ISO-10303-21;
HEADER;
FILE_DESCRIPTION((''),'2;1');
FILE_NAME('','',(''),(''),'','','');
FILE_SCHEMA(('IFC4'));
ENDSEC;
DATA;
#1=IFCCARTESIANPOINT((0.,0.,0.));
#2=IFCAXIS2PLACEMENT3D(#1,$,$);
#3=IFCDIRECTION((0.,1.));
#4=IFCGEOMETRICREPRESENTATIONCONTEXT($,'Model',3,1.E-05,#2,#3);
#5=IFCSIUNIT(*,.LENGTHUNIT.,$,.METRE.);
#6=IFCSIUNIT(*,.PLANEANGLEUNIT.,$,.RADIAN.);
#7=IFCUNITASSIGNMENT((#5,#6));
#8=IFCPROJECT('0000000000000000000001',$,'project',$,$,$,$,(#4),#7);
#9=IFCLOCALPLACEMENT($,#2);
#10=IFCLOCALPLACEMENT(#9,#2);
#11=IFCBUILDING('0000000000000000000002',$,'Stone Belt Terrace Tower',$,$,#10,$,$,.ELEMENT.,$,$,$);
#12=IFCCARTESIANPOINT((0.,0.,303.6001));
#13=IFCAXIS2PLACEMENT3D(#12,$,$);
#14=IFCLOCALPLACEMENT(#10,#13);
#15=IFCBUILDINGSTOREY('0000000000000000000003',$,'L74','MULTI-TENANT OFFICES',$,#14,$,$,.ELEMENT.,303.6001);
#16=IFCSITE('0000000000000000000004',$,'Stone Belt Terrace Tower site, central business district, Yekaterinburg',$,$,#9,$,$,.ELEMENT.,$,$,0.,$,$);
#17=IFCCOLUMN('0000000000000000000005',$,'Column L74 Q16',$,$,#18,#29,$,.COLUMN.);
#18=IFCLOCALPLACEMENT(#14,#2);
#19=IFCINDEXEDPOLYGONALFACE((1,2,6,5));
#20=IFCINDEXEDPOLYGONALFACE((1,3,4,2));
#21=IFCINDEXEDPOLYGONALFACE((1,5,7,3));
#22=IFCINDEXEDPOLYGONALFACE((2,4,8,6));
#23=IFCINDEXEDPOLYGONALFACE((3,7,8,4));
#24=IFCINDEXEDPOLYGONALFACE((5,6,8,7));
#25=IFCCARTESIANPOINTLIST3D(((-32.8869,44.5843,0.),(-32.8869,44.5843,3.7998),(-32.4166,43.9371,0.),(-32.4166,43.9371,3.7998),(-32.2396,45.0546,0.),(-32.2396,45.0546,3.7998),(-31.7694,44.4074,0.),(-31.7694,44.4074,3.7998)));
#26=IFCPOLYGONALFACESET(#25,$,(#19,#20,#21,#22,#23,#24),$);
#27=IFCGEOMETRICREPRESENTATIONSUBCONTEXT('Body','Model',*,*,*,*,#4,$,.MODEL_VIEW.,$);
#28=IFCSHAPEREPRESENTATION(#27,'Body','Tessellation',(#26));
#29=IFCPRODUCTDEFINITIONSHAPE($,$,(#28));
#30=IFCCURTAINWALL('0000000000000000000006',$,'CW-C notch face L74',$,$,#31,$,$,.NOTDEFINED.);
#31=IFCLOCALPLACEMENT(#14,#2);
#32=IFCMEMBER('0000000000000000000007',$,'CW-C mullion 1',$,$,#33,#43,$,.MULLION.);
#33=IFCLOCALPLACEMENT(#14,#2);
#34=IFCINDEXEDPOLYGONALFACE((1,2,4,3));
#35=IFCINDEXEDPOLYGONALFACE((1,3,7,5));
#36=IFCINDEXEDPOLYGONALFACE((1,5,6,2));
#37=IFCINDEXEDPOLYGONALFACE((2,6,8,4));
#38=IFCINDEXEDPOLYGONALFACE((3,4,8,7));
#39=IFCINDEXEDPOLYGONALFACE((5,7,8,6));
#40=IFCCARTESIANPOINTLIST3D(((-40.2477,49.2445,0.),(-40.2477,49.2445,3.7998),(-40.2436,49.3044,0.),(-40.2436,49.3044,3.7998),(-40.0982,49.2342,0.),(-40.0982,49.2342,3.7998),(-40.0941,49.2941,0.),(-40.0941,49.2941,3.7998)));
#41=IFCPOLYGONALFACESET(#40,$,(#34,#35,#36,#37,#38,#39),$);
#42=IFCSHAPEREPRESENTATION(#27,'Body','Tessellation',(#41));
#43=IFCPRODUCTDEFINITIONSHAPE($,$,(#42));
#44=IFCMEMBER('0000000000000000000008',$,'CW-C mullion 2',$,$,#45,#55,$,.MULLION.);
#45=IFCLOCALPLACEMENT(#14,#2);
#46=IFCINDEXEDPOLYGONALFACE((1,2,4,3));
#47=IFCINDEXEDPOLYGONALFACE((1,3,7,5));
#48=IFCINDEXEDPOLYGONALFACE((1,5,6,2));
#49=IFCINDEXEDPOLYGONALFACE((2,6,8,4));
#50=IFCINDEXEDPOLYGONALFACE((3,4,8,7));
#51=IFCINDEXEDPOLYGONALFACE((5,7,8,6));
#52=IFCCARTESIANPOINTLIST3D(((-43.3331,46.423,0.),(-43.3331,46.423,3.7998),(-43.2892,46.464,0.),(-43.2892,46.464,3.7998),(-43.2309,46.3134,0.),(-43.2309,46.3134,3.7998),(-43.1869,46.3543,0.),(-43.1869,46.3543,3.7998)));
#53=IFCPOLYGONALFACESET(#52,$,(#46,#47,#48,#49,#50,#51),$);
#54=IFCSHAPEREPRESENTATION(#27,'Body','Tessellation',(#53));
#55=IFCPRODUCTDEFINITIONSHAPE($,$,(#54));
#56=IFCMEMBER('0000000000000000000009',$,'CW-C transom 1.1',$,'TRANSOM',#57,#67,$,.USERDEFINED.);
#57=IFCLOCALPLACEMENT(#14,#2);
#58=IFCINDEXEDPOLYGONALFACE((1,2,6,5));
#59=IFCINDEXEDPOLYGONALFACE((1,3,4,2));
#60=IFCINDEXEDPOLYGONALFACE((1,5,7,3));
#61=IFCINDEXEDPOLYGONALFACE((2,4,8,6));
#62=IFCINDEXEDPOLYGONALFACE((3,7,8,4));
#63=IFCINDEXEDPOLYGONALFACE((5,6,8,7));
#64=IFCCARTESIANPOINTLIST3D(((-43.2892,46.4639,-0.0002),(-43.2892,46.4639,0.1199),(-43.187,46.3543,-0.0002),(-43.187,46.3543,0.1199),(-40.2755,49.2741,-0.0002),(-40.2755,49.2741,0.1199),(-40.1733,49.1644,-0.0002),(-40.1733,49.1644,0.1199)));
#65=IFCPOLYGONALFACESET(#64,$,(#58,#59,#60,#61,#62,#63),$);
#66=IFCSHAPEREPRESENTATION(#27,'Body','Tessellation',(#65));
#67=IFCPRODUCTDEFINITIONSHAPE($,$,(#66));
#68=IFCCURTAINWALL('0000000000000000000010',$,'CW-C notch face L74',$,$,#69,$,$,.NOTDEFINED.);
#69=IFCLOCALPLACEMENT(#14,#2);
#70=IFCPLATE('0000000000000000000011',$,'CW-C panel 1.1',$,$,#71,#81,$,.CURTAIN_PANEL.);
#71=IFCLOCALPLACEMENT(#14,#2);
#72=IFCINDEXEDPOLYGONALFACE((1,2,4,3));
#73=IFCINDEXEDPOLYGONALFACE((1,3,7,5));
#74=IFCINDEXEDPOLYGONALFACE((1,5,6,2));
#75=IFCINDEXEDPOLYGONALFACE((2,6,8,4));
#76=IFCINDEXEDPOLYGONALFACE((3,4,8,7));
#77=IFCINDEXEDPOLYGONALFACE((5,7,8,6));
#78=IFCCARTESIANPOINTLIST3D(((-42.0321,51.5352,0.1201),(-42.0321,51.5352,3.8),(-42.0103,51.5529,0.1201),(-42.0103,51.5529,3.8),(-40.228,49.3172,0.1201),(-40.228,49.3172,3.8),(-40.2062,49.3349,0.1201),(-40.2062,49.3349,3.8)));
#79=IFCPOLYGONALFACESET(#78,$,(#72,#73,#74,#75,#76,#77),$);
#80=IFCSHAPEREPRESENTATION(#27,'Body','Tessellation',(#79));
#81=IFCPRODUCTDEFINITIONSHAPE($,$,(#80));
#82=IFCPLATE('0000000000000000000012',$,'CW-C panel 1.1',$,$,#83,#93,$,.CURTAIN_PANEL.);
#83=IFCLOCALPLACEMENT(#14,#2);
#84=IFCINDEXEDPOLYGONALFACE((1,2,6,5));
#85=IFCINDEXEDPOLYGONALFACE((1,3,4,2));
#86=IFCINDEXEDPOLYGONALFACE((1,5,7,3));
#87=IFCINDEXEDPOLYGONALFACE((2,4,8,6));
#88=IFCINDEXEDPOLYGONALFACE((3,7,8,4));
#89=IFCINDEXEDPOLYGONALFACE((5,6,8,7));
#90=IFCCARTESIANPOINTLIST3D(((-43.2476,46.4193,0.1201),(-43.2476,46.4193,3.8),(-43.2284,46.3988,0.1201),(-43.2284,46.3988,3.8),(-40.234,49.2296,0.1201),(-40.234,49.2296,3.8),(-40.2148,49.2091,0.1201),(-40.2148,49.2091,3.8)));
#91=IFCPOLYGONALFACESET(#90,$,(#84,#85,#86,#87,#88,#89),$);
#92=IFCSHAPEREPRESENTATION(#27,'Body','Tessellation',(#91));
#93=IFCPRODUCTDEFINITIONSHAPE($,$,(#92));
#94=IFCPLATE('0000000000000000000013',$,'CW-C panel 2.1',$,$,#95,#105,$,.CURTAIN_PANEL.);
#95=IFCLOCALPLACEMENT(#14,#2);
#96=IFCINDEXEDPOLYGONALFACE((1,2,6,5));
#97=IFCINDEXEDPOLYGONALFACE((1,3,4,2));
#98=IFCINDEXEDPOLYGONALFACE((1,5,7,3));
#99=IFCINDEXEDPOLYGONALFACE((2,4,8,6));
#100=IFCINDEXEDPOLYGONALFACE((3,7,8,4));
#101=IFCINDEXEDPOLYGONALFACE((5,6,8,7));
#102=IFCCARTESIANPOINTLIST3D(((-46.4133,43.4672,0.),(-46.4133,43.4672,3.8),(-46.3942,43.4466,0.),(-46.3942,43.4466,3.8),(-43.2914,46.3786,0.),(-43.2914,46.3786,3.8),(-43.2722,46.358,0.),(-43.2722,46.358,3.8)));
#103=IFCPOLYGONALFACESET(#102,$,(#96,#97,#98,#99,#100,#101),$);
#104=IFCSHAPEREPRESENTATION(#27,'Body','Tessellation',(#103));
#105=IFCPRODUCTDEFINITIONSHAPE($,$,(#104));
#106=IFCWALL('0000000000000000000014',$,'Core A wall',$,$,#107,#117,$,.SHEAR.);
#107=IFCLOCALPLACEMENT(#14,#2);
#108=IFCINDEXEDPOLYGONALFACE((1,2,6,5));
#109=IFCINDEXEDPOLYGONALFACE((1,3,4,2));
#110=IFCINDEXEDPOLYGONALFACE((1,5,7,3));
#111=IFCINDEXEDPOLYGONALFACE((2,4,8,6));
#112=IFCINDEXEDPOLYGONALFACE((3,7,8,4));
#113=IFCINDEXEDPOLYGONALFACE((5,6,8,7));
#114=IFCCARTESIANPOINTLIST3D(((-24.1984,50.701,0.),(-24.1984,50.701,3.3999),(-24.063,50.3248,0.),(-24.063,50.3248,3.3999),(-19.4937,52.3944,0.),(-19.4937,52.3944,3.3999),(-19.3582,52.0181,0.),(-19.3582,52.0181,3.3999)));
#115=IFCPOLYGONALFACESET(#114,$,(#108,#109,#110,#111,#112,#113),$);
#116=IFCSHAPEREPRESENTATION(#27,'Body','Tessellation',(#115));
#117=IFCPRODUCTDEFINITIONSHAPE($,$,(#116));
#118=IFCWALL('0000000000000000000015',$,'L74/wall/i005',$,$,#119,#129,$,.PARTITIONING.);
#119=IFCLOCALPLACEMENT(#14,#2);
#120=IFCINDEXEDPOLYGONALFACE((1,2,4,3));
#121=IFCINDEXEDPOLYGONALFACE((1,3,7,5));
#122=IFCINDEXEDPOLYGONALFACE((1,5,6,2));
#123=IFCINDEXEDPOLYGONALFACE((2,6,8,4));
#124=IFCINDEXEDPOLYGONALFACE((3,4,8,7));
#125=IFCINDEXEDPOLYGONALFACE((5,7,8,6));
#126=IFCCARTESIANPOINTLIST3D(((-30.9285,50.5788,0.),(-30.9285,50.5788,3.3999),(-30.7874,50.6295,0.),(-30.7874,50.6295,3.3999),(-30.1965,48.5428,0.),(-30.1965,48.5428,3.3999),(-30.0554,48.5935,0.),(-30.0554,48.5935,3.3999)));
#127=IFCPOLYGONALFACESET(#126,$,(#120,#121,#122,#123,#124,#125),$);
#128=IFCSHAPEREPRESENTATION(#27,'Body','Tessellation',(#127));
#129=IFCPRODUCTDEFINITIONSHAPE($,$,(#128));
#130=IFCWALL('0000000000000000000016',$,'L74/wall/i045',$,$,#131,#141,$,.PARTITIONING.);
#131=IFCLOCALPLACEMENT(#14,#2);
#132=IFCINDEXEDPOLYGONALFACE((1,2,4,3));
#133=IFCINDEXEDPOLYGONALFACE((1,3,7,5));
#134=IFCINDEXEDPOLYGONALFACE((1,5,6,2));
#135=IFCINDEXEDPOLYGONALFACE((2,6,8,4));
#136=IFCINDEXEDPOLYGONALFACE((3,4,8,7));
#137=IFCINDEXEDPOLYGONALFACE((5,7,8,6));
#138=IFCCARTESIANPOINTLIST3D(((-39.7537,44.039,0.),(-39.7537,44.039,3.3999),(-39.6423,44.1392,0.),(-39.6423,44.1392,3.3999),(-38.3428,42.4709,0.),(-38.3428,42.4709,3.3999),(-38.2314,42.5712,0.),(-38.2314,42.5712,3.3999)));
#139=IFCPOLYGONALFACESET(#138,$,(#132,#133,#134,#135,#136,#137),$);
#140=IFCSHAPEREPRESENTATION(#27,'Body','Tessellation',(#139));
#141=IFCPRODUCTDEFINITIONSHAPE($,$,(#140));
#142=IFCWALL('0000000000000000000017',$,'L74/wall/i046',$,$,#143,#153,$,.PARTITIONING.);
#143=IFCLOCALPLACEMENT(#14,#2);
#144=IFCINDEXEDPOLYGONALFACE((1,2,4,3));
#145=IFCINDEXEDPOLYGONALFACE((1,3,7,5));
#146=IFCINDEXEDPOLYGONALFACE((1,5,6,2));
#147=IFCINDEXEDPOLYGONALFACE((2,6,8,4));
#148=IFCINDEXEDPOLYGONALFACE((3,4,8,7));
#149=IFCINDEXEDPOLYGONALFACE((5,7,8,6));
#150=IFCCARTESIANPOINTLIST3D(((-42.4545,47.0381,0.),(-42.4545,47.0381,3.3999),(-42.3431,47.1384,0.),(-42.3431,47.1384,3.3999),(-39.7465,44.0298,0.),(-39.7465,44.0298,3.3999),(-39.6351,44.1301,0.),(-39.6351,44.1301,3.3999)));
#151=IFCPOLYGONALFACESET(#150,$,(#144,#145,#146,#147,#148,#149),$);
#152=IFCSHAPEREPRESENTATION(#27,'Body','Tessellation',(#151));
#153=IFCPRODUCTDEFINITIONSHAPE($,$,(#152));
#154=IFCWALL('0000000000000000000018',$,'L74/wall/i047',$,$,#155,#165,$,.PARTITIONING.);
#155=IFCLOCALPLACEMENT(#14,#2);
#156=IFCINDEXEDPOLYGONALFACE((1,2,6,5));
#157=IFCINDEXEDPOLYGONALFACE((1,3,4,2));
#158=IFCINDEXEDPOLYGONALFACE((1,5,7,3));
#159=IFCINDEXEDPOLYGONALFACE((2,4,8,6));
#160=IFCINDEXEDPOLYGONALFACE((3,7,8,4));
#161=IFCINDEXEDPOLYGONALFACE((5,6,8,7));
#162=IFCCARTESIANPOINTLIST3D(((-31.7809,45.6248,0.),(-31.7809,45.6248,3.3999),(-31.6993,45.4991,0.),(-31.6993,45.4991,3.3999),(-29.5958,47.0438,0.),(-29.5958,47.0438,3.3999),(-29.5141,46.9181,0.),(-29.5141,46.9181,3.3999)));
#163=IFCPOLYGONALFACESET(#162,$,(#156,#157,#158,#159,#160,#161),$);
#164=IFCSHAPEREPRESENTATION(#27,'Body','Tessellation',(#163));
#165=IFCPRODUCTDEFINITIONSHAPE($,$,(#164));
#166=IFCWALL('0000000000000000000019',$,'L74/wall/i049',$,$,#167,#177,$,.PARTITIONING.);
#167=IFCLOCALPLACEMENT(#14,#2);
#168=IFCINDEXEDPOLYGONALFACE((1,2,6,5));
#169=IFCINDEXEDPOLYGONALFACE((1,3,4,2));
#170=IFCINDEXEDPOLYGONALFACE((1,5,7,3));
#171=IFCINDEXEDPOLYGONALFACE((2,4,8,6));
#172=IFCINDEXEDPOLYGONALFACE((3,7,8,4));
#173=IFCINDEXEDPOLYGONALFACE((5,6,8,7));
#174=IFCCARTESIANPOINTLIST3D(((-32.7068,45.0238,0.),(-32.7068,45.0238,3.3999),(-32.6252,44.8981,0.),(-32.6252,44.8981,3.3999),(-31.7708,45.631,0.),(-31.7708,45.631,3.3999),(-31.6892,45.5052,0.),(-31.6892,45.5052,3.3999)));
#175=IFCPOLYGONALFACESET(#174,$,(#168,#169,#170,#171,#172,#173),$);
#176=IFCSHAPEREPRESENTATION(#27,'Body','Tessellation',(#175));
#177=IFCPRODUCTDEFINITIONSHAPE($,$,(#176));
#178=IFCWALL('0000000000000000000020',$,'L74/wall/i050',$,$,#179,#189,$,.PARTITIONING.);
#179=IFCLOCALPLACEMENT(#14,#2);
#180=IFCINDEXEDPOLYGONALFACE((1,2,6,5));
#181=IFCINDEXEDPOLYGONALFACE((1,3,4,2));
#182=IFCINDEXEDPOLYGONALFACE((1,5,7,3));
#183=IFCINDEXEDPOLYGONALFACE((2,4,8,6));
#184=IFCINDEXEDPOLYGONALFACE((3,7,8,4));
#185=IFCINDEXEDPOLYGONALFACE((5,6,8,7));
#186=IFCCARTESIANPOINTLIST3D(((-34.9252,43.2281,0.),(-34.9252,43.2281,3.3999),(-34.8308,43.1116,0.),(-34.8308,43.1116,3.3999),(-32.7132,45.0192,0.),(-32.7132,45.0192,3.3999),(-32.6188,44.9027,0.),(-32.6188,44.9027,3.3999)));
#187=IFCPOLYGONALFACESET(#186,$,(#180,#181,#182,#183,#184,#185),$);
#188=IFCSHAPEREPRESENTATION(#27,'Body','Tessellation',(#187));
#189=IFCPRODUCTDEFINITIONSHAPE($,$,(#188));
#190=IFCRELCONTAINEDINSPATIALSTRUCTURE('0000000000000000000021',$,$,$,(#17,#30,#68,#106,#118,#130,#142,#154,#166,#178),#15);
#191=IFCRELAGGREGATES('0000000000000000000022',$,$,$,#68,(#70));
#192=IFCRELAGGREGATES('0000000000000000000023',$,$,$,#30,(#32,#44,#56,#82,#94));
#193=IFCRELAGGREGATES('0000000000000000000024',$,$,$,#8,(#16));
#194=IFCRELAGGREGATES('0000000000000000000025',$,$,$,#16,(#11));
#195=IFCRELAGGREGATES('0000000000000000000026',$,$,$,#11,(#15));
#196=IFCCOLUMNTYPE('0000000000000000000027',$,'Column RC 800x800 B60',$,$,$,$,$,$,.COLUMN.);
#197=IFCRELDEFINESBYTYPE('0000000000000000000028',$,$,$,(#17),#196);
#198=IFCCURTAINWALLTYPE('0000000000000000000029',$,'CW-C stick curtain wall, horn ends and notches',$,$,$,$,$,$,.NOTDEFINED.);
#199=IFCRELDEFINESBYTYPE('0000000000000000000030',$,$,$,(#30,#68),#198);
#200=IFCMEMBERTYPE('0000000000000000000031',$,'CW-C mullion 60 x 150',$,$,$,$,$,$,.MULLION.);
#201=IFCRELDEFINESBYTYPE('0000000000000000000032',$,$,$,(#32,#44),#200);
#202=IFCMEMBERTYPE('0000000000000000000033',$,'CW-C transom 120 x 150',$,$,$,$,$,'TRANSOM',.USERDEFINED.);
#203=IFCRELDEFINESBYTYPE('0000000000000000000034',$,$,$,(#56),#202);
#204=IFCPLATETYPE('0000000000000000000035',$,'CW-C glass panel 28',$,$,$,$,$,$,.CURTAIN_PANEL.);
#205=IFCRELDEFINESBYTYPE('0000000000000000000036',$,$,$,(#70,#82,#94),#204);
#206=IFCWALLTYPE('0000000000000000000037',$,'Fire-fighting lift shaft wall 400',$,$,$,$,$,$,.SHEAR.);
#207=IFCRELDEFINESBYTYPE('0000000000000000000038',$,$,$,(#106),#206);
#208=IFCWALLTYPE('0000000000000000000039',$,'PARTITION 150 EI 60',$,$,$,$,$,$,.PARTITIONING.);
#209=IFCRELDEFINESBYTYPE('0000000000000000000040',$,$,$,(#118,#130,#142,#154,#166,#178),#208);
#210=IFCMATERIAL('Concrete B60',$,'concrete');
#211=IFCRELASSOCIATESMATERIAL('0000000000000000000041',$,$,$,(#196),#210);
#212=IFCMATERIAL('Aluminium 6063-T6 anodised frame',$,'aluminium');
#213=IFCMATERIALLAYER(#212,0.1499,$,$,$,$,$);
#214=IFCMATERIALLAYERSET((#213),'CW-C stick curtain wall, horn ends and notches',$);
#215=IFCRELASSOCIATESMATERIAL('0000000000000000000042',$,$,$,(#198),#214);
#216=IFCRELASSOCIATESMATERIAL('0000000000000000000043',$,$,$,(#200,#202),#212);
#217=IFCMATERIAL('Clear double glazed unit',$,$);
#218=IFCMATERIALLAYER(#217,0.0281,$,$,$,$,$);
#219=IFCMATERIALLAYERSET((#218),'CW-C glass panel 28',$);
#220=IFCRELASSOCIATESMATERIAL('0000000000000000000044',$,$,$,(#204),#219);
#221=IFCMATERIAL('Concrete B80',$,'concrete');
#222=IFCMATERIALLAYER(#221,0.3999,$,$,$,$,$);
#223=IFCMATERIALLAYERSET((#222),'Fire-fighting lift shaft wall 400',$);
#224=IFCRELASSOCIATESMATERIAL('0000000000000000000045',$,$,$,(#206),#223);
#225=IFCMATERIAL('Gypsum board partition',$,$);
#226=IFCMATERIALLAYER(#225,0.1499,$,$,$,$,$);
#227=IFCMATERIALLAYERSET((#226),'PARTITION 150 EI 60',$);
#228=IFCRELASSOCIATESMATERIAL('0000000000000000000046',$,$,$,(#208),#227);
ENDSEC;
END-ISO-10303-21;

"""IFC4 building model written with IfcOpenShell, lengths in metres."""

from ifc_helpers import new_model, si_unit, direction, frame, frame_2d, origin, origin_2d, place, context, subcontext, project, spatial, rectangle, extrude, material, layer, layer_set, material_profile, profile_set, type_object, element, aggregate, save


model = new_model("IFC4")

# Units and contexts
model_context = context("Model", 3, precision=1e-05, world=origin(), true_north=direction((0.0, 1.0)))
body_context = subcontext(model_context, "Body", "Model", "MODEL_VIEW")
ifc_project = project(units=[si_unit("LENGTHUNIT", "METRE"), si_unit("PLANEANGLEUNIT", "RADIAN")], contexts=[model_context])

# Site, building, storey
site_placement = place(None, origin())
site = spatial("IfcSite", under=ifc_project, at=site_placement, Name="Stone Belt Terrace Tower site, central business district, Yekaterinburg", CompositionType="ELEMENT", RefElevation=0.0)
building_placement = place(site_placement, origin())
building = spatial("IfcBuilding", under=site, at=building_placement, Name="Stone Belt Terrace Tower", CompositionType="ELEMENT")
storey_placement = place(building_placement, frame((0.0, 0.0, 303.6001)))
storey = spatial("IfcBuildingStorey", under=building, at=storey_placement, Name="L74", Description="MULTI-TENANT OFFICES", CompositionType="ELEMENT", Elevation=303.6001)

# Column
ifc_material_1 = material(Name="Concrete B60", Category="concrete")
ifc_material_profile_1 = material_profile(ifc_material_1, rectangle(XDim=0.8, YDim=0.8, at=origin_2d()), Name="RC 800x800")
ifc_profile_set_1 = profile_set([ifc_material_profile_1], Name="Concrete B60")
column_type = type_object("IfcColumnType", Name="Column RC 800x800 B60", PredefinedType="COLUMN", material=ifc_profile_set_1)
column_placement = place(storey_placement, frame((-32.3281, 44.4958, 0.0), z_axis=(0.0, 0.0, 1.0), x_axis=(0.809017, 0.587785, 0.0)))
element("IfcColumn", 1, at=column_placement, inside=storey, type_object=column_type, Name="Column L74 Q16", PredefinedType="COLUMN", context=body_context, shape_type="SweptSolid", body=[
    extrude(rectangle(XDim=0.8, YDim=0.8, at=origin_2d()), origin(), (0.0, 0.0, 1.0), 3.7998),
])

# Curtain wall, members
ifc_material_2 = material(Name="Aluminium 6063-T6 anodised frame", Category="aluminium")
ifc_layer_1 = layer(ifc_material_2, 0.1499)
ifc_layer_set_1 = layer_set([ifc_layer_1], Name="CW-C stick curtain wall, horn ends and notches")
curtain_wall_type = type_object("IfcCurtainWallType", Name="CW-C stick curtain wall, horn ends and notches", PredefinedType="NOTDEFINED", material=ifc_layer_set_1)
curtain_wall_1_placement = place(storey_placement, origin())
curtain_wall_1 = element("IfcCurtainWall", 2, at=curtain_wall_1_placement, inside=storey, type_object=curtain_wall_type, Name="CW-C notch face L74", PredefinedType="NOTDEFINED")
ifc_material_profile_2 = material_profile(ifc_material_2, rectangle(XDim=0.1499, YDim=0.0601, at=origin_2d()), Name="Aluminium 6063-T6 60x150")
ifc_profile_set_2 = profile_set([ifc_material_profile_2], Name="Aluminium 6063-T6 anodised frame")
member_type_1 = type_object("IfcMemberType", Name="CW-C mullion 60 x 150", PredefinedType="MULLION", material=ifc_profile_set_2)
member_1_placement = place(storey_placement, frame((-40.1709, 49.2693, 0.0), z_axis=(0.0, 0.0, 1.0), x_axis=(0.99764, -0.068666, 0.0)))
member_1 = element("IfcMember", 3, at=member_1_placement, type_object=member_type_1, Name="CW-C mullion 1", PredefinedType="MULLION", context=body_context, shape_type="SweptSolid", body=[
    extrude(rectangle(XDim=0.1499, YDim=0.0601, at=origin_2d()), origin(), (0.0, 0.0, 1.0), 3.7998),
])
member_2_placement = place(storey_placement, frame((-43.26, 46.3887, 0.0), z_axis=(0.0, 0.0, 1.0), x_axis=(0.682014, -0.731339, 0.0)))
member_2 = element("IfcMember", 4, at=member_2_placement, type_object=member_type_1, Name="CW-C mullion 2", PredefinedType="MULLION", context=body_context, shape_type="SweptSolid", body=[
    extrude(rectangle(XDim=0.1499, YDim=0.0601, at=origin_2d()), origin(), (0.0, 0.0, 1.0), 3.7998),
])
ifc_material_profile_3 = material_profile(ifc_material_2, rectangle(XDim=0.1499, YDim=0.1201, at=origin_2d()), Name="Aluminium 6063-T6 150x120")
ifc_profile_set_3 = profile_set([ifc_material_profile_3], Name="Aluminium 6063-T6 anodised frame")
member_type_2 = type_object("IfcMemberType", Name="CW-C transom 120 x 150", ElementType="TRANSOM", PredefinedType="USERDEFINED", material=ifc_profile_set_3)
member_3_placement = place(storey_placement, frame((-40.2244, 49.2192, 0.0598), z_axis=(-0.731382, -0.681968, 0.0), x_axis=(0.681968, -0.731382, 0.0)))
member_3 = element("IfcMember", 5, at=member_3_placement, type_object=member_type_2, Name="CW-C transom 1.1", ObjectType="TRANSOM", PredefinedType="USERDEFINED", context=body_context, shape_type="SweptSolid", body=[
    extrude(rectangle(XDim=0.1499, YDim=0.1201, at=origin_2d()), origin(), (0.0, 0.0, 1.0), 4.1206),
])

# Curtain wall, plate
curtain_wall_2_placement = place(storey_placement, origin())
curtain_wall_2 = element("IfcCurtainWall", 6, at=curtain_wall_2_placement, inside=storey, type_object=curtain_wall_type, Name="CW-C notch face L74", PredefinedType="NOTDEFINED")
ifc_material_3 = material(Name="Clear double glazed unit")
ifc_layer_2 = layer(ifc_material_3, 0.0281)
ifc_layer_set_2 = layer_set([ifc_layer_2], Name="CW-C glass panel 28")
plate_type = type_object("IfcPlateType", Name="CW-C glass panel 28", PredefinedType="CURTAIN_PANEL", material=ifc_layer_set_2)
plate_1_placement = place(storey_placement, frame((-41.1191, 50.4351, 0.1201), z_axis=(0.0, 0.0, 1.0), x_axis=(0.631001, -0.775782, 0.0)))
plate_1 = element("IfcPlate", 7, at=plate_1_placement, type_object=plate_type, Name="CW-C panel 1.1", PredefinedType="CURTAIN_PANEL", context=body_context, shape_type="SweptSolid", body=[
    extrude(rectangle(XDim=2.8591, YDim=0.0281, at=origin_2d()), origin(), (0.0, 0.0, 1.0), 3.6799),
])
aggregate(curtain_wall_2, [plate_1])

# Plates
plate_2_placement = place(storey_placement, frame((-41.7312, 47.8142, 0.1201), z_axis=(0.0, 0.0, 1.0), x_axis=(-0.731339, -0.682014, 0.0)))
plate_2 = element("IfcPlate", 8, at=plate_2_placement, type_object=plate_type, Name="CW-C panel 1.1", PredefinedType="CURTAIN_PANEL", context=body_context, shape_type="SweptSolid", body=[
    extrude(rectangle(XDim=4.1206, YDim=0.0281, at=origin_2d()), origin(), (0.0, 0.0, 1.0), 3.6799),
])
plate_3_placement = place(storey_placement, frame((-44.8428, 44.9126, 0.0), z_axis=(0.0, 0.0, 1.0), x_axis=(-0.731339, -0.682014, 0.0)))
plate_3 = element("IfcPlate", 9, at=plate_3_placement, type_object=plate_type, Name="CW-C panel 2.1", PredefinedType="CURTAIN_PANEL", context=body_context, shape_type="SweptSolid", body=[
    extrude(rectangle(XDim=4.2688, YDim=0.0281, at=origin_2d()), origin(), (0.0, 0.0, 1.0), 3.8),
])
aggregate(curtain_wall_1, [member_1, member_2, member_3, plate_2, plate_3])

# Walls
ifc_material_4 = material(Name="Concrete B80", Category="concrete")
ifc_layer_3 = layer(ifc_material_4, 0.3999)
ifc_layer_set_3 = layer_set([ifc_layer_3], Name="Fire-fighting lift shaft wall 400")
wall_type_1 = type_object("IfcWallType", Name="Fire-fighting lift shaft wall 400", PredefinedType="SHEAR", material=ifc_layer_set_3)
wall_1_placement = place(storey_placement, frame((-24.1306, 50.5129, 0.0), z_axis=(0.0, 0.0, 1.0), x_axis=(0.940912, 0.338652, 0.0)))
element("IfcWall", 10, at=wall_1_placement, inside=storey, type_object=wall_type_1, Name="Core A wall", PredefinedType="SHEAR", context=body_context, shape_type="SweptSolid", body=[
    extrude(rectangle(XDim=5.0002, YDim=0.3999, at=frame_2d((2.5, 0.0))), origin(), (0.0, 0.0, 1.0), 3.3999),
])
ifc_material_5 = material(Name="Gypsum board partition")
ifc_layer_4 = layer(ifc_material_5, 0.1499)
ifc_layer_set_4 = layer_set([ifc_layer_4], Name="PARTITION 150 EI 60")
wall_type_2 = type_object("IfcWallType", Name="PARTITION 150 EI 60", PredefinedType="PARTITIONING", material=ifc_layer_set_4)
wall_2_placement = place(storey_placement, frame((-30.126, 48.5681, 0.0), z_axis=(0.0, 0.0, 1.0), x_axis=(-0.338316, 0.941033, 0.0)))
element("IfcWall", 11, at=wall_2_placement, inside=storey, type_object=wall_type_2, Name="L74/wall/i005", PredefinedType="PARTITIONING", context=body_context, shape_type="SweptSolid", body=[
    extrude(rectangle(XDim=2.1636, YDim=0.1499, at=frame_2d((1.0818, 0.0))), origin(), (0.0, 0.0, 1.0), 3.3999),
])
wall_3_placement = place(storey_placement, frame((-39.698, 44.0891, 0.0), z_axis=(0.0, 0.0, 1.0), x_axis=(0.668856, -0.743392, 0.0)))
element("IfcWall", 12, at=wall_3_placement, inside=storey, type_object=wall_type_2, Name="L74/wall/i045", PredefinedType="PARTITIONING", context=body_context, shape_type="SweptSolid", body=[
    extrude(rectangle(XDim=2.1094, YDim=0.1499, at=frame_2d((1.0547, 0.0))), origin(), (0.0, 0.0, 1.0), 3.3999),
])
wall_4_placement = place(storey_placement, frame((-42.3989, 47.0884, 0.0), z_axis=(0.0, 0.0, 1.0), x_axis=(0.669038, -0.743228, 0.0)))
element("IfcWall", 13, at=wall_4_placement, inside=storey, type_object=wall_type_2, Name="L74/wall/i046", PredefinedType="PARTITIONING", context=body_context, shape_type="SweptSolid", body=[
    extrude(rectangle(XDim=4.0476, YDim=0.1499, at=frame_2d((2.0239, 0.0))), origin(), (0.0, 0.0, 1.0), 3.3999),
])
wall_5_placement = place(storey_placement, frame((-29.5549, 46.981, 0.0), z_axis=(0.0, 0.0, 1.0), x_axis=(-0.838679, -0.544626, 0.0)))
element("IfcWall", 14, at=wall_5_placement, inside=storey, type_object=wall_type_2, Name="L74/wall/i047", PredefinedType="PARTITIONING", context=body_context, shape_type="SweptSolid", body=[
    extrude(rectangle(XDim=2.6055, YDim=0.1499, at=frame_2d((1.3027, 0.0))), origin(), (0.0, 0.0, 1.0), 3.3999),
])
wall_6_placement = place(storey_placement, frame((-31.73, 45.5681, 0.0), z_axis=(0.0, 0.0, 1.0), x_axis=(-0.838953, -0.544204, 0.0)))
element("IfcWall", 15, at=wall_6_placement, inside=storey, type_object=wall_type_2, Name="L74/wall/i049", PredefinedType="PARTITIONING", context=body_context, shape_type="SweptSolid", body=[
    extrude(rectangle(XDim=1.1157, YDim=0.1499, at=frame_2d((0.5579, 0.0))), origin(), (0.0, 0.0, 1.0), 3.3999),
])
wall_7_placement = place(storey_placement, frame((-32.666, 44.9609, 0.0), z_axis=(0.0, 0.0, 1.0), x_axis=(-0.777173, -0.629287, 0.0)))
element("IfcWall", 16, at=wall_7_placement, inside=storey, type_object=wall_type_2, Name="L74/wall/i050", PredefinedType="PARTITIONING", context=body_context, shape_type="SweptSolid", body=[
    extrude(rectangle(XDim=2.8462, YDim=0.1499, at=frame_2d((1.4231, 0.0))), origin(), (0.0, 0.0, 1.0), 3.3999),
])

save(model, "model.ifc")
